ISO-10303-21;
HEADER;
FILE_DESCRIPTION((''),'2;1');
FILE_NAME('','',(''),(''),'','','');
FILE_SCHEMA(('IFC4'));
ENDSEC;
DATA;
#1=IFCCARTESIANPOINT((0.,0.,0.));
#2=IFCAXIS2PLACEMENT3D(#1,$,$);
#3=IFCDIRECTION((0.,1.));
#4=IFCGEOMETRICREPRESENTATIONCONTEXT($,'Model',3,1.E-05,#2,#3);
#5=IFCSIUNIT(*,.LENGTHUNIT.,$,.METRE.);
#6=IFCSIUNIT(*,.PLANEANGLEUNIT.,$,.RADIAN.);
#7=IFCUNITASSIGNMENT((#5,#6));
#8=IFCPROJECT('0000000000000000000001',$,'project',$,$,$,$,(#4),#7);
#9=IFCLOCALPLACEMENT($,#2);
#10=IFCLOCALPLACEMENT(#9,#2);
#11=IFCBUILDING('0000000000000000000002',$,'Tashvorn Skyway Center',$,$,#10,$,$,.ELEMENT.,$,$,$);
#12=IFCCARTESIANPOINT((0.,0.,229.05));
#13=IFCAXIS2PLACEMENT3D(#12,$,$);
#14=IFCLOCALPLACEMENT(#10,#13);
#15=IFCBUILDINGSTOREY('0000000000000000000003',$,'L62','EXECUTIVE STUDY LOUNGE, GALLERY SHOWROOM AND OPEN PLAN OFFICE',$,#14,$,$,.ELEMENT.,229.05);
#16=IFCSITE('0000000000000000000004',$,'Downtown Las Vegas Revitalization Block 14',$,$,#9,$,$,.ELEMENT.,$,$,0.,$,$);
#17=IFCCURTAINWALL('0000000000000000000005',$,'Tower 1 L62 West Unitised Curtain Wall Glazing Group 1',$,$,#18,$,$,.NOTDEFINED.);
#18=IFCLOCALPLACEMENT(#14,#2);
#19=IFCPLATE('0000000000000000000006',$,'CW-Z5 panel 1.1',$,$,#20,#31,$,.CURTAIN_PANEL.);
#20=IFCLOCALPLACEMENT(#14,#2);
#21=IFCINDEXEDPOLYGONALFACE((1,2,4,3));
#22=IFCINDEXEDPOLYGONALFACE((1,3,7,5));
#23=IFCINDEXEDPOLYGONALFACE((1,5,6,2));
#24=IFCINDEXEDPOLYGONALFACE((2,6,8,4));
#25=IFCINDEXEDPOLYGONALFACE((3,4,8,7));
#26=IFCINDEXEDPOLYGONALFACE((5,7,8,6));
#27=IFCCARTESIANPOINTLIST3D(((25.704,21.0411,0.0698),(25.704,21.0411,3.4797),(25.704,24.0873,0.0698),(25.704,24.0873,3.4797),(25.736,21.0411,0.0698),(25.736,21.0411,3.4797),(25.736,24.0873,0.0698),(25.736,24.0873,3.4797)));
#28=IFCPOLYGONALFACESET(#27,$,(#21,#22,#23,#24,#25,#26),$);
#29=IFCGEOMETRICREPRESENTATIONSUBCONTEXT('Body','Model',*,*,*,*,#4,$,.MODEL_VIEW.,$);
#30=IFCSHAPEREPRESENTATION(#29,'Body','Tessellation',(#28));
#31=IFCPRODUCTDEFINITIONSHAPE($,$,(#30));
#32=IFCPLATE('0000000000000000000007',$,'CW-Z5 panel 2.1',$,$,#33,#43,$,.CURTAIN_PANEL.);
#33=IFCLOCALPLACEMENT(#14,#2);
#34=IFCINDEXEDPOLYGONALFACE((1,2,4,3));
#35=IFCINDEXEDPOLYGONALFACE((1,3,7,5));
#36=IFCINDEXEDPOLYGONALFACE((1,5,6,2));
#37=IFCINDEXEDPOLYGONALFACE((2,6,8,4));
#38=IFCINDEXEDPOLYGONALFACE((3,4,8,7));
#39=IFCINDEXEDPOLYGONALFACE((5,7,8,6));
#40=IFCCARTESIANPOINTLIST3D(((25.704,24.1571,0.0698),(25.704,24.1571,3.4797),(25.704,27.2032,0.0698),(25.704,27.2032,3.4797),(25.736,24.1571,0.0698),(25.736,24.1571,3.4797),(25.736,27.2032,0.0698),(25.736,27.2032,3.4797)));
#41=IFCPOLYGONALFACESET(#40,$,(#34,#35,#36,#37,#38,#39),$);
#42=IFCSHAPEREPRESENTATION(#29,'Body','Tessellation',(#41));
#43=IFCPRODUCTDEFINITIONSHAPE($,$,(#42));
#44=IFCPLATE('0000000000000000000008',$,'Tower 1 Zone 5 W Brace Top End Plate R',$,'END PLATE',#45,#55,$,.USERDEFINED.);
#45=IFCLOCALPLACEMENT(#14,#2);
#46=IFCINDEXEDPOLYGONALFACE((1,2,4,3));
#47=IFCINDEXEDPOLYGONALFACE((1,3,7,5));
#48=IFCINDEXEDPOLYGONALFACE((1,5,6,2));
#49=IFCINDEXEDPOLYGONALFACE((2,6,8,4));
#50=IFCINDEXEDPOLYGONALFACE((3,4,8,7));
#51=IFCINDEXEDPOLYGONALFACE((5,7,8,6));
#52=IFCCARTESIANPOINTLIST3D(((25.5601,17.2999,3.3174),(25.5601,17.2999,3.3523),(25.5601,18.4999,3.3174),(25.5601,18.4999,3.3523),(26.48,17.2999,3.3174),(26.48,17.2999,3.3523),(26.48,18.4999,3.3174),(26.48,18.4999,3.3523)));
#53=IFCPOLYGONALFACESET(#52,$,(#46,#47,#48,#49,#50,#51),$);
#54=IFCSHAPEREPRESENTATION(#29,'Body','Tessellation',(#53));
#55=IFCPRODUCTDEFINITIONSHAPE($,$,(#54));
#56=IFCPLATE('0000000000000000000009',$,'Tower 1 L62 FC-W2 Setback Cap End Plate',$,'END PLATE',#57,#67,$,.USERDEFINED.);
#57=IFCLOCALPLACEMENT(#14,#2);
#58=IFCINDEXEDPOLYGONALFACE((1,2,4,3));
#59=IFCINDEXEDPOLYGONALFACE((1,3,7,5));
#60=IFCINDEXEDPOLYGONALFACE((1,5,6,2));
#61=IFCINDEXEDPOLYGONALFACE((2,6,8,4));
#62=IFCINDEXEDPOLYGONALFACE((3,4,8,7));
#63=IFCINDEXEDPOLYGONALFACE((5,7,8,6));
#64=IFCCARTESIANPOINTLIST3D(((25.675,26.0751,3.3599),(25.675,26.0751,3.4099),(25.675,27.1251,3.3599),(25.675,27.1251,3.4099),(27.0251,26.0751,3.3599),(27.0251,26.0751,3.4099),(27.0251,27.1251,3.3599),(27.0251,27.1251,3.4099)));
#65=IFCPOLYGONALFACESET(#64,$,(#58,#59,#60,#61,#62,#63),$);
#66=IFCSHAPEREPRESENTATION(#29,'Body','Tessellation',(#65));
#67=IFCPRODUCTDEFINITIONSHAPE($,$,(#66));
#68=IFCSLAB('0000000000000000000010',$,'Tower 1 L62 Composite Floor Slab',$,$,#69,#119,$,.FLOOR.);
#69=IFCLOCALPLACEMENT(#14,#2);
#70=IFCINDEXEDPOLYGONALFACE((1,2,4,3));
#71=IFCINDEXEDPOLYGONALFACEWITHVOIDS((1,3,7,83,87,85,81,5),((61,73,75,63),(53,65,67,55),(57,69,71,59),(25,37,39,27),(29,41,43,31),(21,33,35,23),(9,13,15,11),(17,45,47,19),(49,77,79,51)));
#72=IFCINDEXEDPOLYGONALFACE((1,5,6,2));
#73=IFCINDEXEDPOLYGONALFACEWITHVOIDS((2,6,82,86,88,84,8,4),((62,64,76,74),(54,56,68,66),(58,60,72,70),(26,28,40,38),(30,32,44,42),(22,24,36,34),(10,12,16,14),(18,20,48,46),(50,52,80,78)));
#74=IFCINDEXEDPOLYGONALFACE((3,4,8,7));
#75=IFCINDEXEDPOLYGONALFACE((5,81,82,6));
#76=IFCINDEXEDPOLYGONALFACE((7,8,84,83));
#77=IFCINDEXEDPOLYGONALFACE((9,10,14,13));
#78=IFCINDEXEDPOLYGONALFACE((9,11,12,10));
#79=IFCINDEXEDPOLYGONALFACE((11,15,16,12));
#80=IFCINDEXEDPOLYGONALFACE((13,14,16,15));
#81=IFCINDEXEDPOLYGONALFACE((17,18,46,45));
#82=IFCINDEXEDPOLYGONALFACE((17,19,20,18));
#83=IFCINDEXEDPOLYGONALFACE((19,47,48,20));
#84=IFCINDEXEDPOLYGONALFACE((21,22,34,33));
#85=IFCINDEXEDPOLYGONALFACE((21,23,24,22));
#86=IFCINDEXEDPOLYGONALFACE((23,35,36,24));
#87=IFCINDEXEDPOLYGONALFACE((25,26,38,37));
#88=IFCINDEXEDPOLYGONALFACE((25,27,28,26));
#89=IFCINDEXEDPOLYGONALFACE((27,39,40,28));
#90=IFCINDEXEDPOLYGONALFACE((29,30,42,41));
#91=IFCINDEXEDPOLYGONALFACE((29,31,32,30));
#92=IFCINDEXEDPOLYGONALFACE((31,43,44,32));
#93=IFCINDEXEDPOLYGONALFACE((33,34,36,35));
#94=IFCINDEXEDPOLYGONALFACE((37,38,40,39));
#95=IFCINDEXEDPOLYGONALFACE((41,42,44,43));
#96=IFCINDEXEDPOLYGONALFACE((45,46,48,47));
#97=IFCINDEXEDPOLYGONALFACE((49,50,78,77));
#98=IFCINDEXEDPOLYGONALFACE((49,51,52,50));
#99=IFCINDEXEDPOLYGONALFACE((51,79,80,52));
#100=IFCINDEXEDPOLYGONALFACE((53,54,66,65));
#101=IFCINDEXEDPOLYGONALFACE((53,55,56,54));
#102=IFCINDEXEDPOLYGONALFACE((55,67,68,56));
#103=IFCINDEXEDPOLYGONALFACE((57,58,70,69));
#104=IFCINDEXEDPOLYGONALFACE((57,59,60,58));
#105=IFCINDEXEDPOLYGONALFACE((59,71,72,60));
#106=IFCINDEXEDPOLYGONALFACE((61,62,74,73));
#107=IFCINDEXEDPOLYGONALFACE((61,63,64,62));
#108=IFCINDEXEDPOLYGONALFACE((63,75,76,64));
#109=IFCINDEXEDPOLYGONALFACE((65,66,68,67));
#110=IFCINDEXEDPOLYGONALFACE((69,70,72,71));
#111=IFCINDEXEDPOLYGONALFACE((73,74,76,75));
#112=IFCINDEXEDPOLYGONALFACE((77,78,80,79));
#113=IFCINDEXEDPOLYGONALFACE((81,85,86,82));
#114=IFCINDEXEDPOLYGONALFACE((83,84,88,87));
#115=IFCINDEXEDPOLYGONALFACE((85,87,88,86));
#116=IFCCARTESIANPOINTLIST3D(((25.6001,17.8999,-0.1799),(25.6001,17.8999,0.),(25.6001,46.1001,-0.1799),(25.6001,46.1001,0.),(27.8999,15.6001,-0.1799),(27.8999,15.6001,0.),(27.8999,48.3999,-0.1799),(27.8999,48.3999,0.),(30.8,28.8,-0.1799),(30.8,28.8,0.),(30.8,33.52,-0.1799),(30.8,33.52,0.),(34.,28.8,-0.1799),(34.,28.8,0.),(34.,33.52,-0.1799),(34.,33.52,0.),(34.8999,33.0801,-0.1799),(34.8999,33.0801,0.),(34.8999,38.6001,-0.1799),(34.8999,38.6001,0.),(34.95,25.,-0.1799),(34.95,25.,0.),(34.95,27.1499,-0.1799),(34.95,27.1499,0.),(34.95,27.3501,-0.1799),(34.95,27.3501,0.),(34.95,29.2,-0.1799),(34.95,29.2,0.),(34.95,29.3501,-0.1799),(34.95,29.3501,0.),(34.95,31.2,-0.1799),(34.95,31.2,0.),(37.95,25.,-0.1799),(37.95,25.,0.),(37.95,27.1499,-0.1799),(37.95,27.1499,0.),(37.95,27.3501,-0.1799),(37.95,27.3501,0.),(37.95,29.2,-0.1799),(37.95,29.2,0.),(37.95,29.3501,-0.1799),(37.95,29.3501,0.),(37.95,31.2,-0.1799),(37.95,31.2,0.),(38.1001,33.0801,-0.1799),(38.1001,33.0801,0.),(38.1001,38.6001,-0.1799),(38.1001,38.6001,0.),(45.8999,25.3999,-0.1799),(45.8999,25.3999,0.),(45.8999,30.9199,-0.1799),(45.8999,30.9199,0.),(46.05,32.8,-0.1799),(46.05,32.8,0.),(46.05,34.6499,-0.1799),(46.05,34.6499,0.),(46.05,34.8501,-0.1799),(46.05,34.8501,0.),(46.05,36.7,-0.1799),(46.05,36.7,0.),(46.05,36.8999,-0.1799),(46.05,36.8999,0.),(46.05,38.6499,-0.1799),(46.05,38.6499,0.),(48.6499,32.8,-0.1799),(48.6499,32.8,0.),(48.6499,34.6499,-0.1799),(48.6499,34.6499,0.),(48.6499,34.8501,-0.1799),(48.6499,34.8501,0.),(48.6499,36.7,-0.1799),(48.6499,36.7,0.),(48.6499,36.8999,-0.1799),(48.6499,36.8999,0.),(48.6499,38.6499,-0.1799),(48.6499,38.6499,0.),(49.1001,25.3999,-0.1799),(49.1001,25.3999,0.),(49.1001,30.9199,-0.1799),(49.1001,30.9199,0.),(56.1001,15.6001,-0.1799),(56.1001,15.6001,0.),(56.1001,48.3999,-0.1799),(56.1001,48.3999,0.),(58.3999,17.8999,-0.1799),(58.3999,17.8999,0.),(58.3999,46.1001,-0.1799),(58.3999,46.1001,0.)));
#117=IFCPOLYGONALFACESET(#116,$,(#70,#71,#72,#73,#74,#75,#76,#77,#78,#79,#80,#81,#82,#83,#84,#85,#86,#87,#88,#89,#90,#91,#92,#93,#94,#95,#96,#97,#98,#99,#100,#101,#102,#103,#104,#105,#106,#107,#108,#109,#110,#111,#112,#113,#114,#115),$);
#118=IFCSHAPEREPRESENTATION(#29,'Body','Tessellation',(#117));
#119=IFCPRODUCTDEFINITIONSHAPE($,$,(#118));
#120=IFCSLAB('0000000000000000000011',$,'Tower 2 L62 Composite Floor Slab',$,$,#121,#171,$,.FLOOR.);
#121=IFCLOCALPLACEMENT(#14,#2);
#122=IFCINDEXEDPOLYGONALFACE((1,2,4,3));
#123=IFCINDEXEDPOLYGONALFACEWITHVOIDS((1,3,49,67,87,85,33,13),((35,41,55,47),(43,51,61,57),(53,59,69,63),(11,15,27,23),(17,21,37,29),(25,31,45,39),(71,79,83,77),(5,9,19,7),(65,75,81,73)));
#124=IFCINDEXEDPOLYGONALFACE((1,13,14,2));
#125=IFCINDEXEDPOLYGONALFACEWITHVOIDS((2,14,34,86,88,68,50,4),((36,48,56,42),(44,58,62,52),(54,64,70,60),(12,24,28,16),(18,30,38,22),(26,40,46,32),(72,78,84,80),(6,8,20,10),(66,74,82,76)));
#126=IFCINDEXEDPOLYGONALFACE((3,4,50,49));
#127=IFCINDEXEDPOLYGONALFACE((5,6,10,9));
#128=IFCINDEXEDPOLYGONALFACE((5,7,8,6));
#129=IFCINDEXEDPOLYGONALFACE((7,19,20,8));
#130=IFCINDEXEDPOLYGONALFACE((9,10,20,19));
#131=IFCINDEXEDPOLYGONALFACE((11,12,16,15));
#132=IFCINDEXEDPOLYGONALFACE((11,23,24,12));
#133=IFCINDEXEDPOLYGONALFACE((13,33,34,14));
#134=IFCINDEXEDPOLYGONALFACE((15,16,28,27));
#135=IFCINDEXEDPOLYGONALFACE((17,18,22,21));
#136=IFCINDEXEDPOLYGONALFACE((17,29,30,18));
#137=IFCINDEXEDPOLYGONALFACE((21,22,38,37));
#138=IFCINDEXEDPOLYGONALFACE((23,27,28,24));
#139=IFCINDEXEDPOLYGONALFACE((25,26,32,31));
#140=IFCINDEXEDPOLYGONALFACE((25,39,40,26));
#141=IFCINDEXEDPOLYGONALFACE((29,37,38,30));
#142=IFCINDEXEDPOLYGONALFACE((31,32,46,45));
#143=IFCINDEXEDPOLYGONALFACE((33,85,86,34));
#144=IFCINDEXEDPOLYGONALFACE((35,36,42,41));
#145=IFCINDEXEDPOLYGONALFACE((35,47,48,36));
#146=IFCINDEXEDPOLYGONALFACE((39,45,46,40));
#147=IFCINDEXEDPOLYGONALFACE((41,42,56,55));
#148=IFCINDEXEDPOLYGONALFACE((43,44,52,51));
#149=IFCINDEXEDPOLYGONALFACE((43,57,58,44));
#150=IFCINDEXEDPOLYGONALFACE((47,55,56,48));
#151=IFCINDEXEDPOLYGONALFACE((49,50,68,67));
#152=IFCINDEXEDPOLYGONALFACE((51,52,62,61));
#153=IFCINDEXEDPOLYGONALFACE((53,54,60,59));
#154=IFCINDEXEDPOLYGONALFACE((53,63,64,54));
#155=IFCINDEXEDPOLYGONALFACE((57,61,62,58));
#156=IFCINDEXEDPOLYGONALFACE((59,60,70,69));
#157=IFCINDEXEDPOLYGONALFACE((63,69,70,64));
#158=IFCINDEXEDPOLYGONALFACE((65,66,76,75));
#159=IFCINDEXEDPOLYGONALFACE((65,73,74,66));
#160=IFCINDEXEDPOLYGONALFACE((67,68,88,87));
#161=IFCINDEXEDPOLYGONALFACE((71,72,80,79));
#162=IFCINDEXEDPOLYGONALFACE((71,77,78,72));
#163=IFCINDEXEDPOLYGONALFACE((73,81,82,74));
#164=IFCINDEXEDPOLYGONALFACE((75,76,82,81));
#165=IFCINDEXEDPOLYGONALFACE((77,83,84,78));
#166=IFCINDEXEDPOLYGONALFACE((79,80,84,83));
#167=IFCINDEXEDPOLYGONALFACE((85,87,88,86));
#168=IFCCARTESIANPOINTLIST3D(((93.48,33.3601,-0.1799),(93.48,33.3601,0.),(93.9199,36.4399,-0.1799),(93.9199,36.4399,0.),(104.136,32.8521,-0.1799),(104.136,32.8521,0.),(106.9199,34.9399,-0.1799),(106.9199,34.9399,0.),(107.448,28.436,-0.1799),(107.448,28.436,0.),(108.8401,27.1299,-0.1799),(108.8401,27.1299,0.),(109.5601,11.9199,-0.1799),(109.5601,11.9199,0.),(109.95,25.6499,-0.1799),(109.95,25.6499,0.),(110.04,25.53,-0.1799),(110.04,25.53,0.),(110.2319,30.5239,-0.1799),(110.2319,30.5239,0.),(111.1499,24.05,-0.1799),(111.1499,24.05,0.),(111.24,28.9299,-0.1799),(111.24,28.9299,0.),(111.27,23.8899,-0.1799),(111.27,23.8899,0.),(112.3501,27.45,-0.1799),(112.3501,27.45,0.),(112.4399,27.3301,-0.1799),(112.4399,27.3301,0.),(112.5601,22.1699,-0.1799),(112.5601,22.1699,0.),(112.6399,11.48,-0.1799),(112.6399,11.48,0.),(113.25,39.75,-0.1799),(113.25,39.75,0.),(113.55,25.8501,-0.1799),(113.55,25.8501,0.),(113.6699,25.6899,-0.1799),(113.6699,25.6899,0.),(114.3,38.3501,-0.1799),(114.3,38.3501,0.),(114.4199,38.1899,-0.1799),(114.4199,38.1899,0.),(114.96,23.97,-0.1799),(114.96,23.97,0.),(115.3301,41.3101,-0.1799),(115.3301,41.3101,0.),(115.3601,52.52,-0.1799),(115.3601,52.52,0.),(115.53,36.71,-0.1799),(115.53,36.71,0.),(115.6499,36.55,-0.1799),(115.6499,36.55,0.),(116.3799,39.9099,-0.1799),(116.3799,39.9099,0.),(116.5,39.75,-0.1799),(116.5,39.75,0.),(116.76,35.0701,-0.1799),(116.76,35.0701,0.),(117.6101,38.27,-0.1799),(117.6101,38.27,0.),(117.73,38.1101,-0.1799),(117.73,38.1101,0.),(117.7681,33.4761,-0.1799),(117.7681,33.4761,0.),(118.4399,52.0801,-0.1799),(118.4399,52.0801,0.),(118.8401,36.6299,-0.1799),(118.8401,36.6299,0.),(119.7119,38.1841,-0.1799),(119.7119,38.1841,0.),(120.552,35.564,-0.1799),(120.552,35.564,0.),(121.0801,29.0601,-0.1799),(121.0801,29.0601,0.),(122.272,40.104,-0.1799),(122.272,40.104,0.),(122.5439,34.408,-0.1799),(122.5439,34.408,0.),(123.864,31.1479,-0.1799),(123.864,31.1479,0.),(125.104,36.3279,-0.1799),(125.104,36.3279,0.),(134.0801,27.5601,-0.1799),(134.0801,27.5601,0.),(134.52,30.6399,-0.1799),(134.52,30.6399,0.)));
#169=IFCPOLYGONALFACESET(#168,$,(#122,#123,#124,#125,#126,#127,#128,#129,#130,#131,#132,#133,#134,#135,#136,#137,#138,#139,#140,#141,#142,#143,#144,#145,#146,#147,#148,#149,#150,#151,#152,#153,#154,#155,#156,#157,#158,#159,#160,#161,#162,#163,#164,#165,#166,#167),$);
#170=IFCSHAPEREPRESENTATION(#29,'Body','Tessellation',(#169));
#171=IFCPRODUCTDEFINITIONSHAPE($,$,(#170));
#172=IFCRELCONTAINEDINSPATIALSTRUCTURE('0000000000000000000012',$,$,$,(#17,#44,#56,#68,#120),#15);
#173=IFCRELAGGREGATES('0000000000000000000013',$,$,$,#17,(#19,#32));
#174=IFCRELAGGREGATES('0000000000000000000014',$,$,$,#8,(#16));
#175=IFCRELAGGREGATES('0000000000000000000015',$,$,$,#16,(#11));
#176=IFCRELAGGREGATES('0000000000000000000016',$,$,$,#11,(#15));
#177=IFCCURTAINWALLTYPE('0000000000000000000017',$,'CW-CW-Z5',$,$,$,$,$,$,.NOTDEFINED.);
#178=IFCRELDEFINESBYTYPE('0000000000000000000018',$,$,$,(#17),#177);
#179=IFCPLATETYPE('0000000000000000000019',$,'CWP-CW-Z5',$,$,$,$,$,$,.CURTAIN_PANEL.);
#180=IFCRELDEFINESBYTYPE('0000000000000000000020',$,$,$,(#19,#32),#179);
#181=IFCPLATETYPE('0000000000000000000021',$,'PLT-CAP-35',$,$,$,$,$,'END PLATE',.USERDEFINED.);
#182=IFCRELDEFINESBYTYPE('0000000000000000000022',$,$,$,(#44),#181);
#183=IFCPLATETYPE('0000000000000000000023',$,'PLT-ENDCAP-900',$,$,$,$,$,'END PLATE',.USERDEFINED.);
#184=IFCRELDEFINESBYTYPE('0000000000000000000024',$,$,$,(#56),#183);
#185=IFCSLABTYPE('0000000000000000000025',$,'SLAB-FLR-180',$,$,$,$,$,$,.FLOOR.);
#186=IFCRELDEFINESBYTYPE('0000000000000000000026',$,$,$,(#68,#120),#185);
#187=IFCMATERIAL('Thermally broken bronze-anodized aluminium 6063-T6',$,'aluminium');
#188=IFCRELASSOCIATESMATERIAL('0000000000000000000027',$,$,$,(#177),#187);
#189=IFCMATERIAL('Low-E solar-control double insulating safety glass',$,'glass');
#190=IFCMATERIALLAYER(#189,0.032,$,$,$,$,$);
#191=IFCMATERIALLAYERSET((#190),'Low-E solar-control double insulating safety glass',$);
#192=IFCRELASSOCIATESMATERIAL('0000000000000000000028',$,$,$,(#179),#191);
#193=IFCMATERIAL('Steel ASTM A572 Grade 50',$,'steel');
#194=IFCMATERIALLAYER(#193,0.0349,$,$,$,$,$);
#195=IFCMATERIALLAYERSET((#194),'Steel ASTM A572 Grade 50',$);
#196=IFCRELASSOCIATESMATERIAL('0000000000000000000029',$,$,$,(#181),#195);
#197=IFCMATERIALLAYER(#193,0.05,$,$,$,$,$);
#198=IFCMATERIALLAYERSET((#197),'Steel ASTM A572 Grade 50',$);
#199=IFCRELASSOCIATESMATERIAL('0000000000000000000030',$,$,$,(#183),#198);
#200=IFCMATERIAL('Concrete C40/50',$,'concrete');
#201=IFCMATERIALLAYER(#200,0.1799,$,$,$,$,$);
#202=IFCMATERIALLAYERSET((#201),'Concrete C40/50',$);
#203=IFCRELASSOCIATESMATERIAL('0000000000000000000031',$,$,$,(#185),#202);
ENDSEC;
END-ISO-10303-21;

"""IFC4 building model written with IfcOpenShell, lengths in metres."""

from ifc_helpers import new_model, si_unit, direction, frame, origin, origin_2d, place, context, subcontext, project, spatial, polyline, rectangle, outline, extrude, material, layer, layer_set, type_object, element, aggregate, save


model = new_model("IFC4")

# Units and contexts
model_context = context("Model", 3, precision=1e-05, world=origin(), true_north=direction((0.0, 1.0)))
body_context = subcontext(model_context, "Body", "Model", "MODEL_VIEW")
ifc_project = project(units=[si_unit("LENGTHUNIT", "METRE"), si_unit("PLANEANGLEUNIT", "RADIAN")], contexts=[model_context])

# Site, building, storey
site_placement = place(None, origin())
site = spatial("IfcSite", under=ifc_project, at=site_placement, Name="Downtown Las Vegas Revitalization Block 14", CompositionType="ELEMENT", RefElevation=0.0)
building_placement = place(site_placement, origin())
building = spatial("IfcBuilding", under=site, at=building_placement, Name="Tashvorn Skyway Center", CompositionType="ELEMENT")
storey_placement = place(building_placement, frame((0.0, 0.0, 229.05)))
storey = spatial("IfcBuildingStorey", under=building, at=storey_placement, Name="L62", Description="EXECUTIVE STUDY LOUNGE, GALLERY SHOWROOM AND OPEN PLAN OFFICE", CompositionType="ELEMENT", Elevation=229.05)

# Shared definitions
ifc_material_1 = material(Name="Steel ASTM A572 Grade 50", Category="steel")

# Curtain wall
ifc_material_2 = material(Name="Thermally broken bronze-anodized aluminium 6063-T6", Category="aluminium")
curtain_wall_type = type_object("IfcCurtainWallType", Name="CW-CW-Z5", PredefinedType="NOTDEFINED", material=ifc_material_2)
curtain_wall_1_placement = place(storey_placement, origin())
curtain_wall_1 = element("IfcCurtainWall", 1, at=curtain_wall_1_placement, inside=storey, type_object=curtain_wall_type, Name="Tower 1 L62 West Unitised Curtain Wall Glazing Group 1", PredefinedType="NOTDEFINED")

# Plates
ifc_material_3 = material(Name="Low-E solar-control double insulating safety glass", Category="glass")
ifc_layer_1 = layer(ifc_material_3, 0.032)
ifc_layer_set_1 = layer_set([ifc_layer_1], Name="Low-E solar-control double insulating safety glass")
plate_type_1 = type_object("IfcPlateType", Name="CWP-CW-Z5", PredefinedType="CURTAIN_PANEL", material=ifc_layer_set_1)
plate_1_placement = place(storey_placement, frame((25.72, 22.5642, 0.0698), z_axis=(0.0, 0.0, 1.0), x_axis=(0.0, 1.0, 0.0)))
plate_1 = element("IfcPlate", 2, at=plate_1_placement, type_object=plate_type_1, Name="CW-Z5 panel 1.1", PredefinedType="CURTAIN_PANEL", context=body_context, shape_type="SweptSolid", body=[
    extrude(rectangle(XDim=3.0461, YDim=0.032, at=origin_2d()), origin(), (0.0, 0.0, 1.0), 3.4099),
])
plate_2_placement = place(storey_placement, frame((25.72, 25.6802, 0.0698), z_axis=(0.0, 0.0, 1.0), x_axis=(0.0, 1.0, 0.0)))
plate_2 = element("IfcPlate", 3, at=plate_2_placement, type_object=plate_type_1, Name="CW-Z5 panel 2.1", PredefinedType="CURTAIN_PANEL", context=body_context, shape_type="SweptSolid", body=[
    extrude(rectangle(XDim=3.0461, YDim=0.032, at=origin_2d()), origin(), (0.0, 0.0, 1.0), 3.4099),
])
aggregate(curtain_wall_1, [plate_1, plate_2])

# Plates
ifc_layer_2 = layer(ifc_material_1, 0.0349)
ifc_layer_set_2 = layer_set([ifc_layer_2], Name="Steel ASTM A572 Grade 50")
plate_type_2 = type_object("IfcPlateType", Name="PLT-CAP-35", ElementType="END PLATE", PredefinedType="USERDEFINED", material=ifc_layer_set_2)
plate_3_placement = place(storey_placement, frame((26.02, 17.8999, 3.3174), z_axis=(0.0, 0.0, 1.0), x_axis=(0.0, -1.0, 0.0)))
element("IfcPlate", 4, at=plate_3_placement, inside=storey, type_object=plate_type_2, Name="Tower 1 Zone 5 W Brace Top End Plate R", ObjectType="END PLATE", PredefinedType="USERDEFINED", context=body_context, shape_type="SweptSolid", body=[
    extrude(rectangle(XDim=1.2, YDim=0.9199, at=origin_2d()), origin(), (0.0, 0.0, 1.0), 0.0349),
])
ifc_layer_3 = layer(ifc_material_1, 0.05)
ifc_layer_set_3 = layer_set([ifc_layer_3], Name="Steel ASTM A572 Grade 50")
plate_type_3 = type_object("IfcPlateType", Name="PLT-ENDCAP-900", ElementType="END PLATE", PredefinedType="USERDEFINED", material=ifc_layer_set_3)
plate_4_placement = place(storey_placement, frame((26.3501, 26.6001, 3.3599), z_axis=(0.0, 0.0, 1.0), x_axis=(1.0, 0.0, 0.0)))
element("IfcPlate", 5, at=plate_4_placement, inside=storey, type_object=plate_type_3, Name="Tower 1 L62 FC-W2 Setback Cap End Plate", ObjectType="END PLATE", PredefinedType="USERDEFINED", context=body_context, shape_type="SweptSolid", body=[
    extrude(rectangle(XDim=1.3501, YDim=1.05, at=origin_2d()), origin(), (0.0, 0.0, 1.0), 0.05),
])

# Slabs
ifc_material_4 = material(Name="Concrete C40/50", Category="concrete")
ifc_layer_4 = layer(ifc_material_4, 0.1799)
ifc_layer_set_4 = layer_set([ifc_layer_4], Name="Concrete C40/50")
slab_type_1 = type_object("IfcSlabType", Name="SLAB-FLR-180", PredefinedType="FLOOR", material=ifc_layer_set_4)
slab_1_placement = place(storey_placement, frame((0.0, 0.0, -0.1799)))
element("IfcSlab", 6, at=slab_1_placement, inside=storey, type_object=slab_type_1, Name="Tower 1 L62 Composite Floor Slab", PredefinedType="FLOOR", context=body_context, shape_type="SweptSolid", body=[
    extrude(outline(polyline([(27.8999, 15.6001), (56.1001, 15.6001), (58.3999, 17.8999), (58.3999, 46.1001), (56.1001, 48.3999), (27.8999, 48.3999), (25.6001, 46.1001), (25.6001, 17.8999), (27.8999, 15.6001)]), holes=[polyline([(38.1001, 33.0801), (38.1001, 38.6001), (34.8999, 38.6001), (34.8999, 33.0801), (38.1001, 33.0801)]), polyline([(45.8999, 30.9199), (45.8999, 25.3999), (49.1001, 25.3999), (49.1001, 30.9199), (45.8999, 30.9199)]), polyline([(30.8, 33.52), (30.8, 28.8), (34.0, 28.8), (34.0, 33.52), (30.8, 33.52)]), polyline([(34.95, 29.3501), (37.95, 29.3501), (37.95, 31.2), (34.95, 31.2), (34.95, 29.3501)]), polyline([(34.95, 27.3501), (37.95, 27.3501), (37.95, 29.2), (34.95, 29.2), (34.95, 27.3501)]), polyline([(34.95, 25.0), (37.95, 25.0), (37.95, 27.1499), (34.95, 27.1499), (34.95, 25.0)]), polyline([(46.05, 32.8), (48.6499, 32.8), (48.6499, 34.6499), (46.05, 34.6499), (46.05, 32.8)]), polyline([(46.05, 34.8501), (48.6499, 34.8501), (48.6499, 36.7), (46.05, 36.7), (46.05, 34.8501)]), polyline([(46.05, 36.8999), (48.6499, 36.8999), (48.6499, 38.6499), (46.05, 38.6499), (46.05, 36.8999)])]), origin(), (0.0, 0.0, 1.0), 0.1799),
])
slab_2_placement = place(storey_placement, frame((0.0, 0.0, -0.1799)))
element("IfcSlab", 7, at=slab_2_placement, inside=storey, type_object=slab_type_1, Name="Tower 2 L62 Composite Floor Slab", PredefinedType="FLOOR", context=body_context, shape_type="SweptSolid", body=[
    extrude(outline(polyline([(112.6399, 11.48), (134.0801, 27.5601), (134.52, 30.6399), (118.4399, 52.0801), (115.3601, 52.52), (93.9199, 36.4399), (93.48, 33.3601), (109.5601, 11.9199), (112.6399, 11.48)]), holes=[polyline([(110.2319, 30.5239), (106.9199, 34.9399), (104.136, 32.8521), (107.448, 28.436), (110.2319, 30.5239)]), polyline([(117.7681, 33.4761), (121.0801, 29.0601), (123.864, 31.1479), (120.552, 35.564), (117.7681, 33.4761)]), polyline([(119.7119, 38.1841), (122.5439, 34.408), (125.104, 36.3279), (122.272, 40.104), (119.7119, 38.1841)]), polyline([(109.95, 25.6499), (112.3501, 27.45), (111.24, 28.9299), (108.8401, 27.1299), (109.95, 25.6499)]), polyline([(111.1499, 24.05), (113.55, 25.8501), (112.4399, 27.3301), (110.04, 25.53), (111.1499, 24.05)]), polyline([(112.5601, 22.1699), (114.96, 23.97), (113.6699, 25.6899), (111.27, 23.8899), (112.5601, 22.1699)]), polyline([(116.76, 35.0701), (118.8401, 36.6299), (117.73, 38.1101), (115.6499, 36.55), (116.76, 35.0701)]), polyline([(115.53, 36.71), (117.6101, 38.27), (116.5, 39.75), (114.4199, 38.1899), (115.53, 36.71)]), polyline([(114.3, 38.3501), (116.3799, 39.9099), (115.3301, 41.3101), (113.25, 39.75), (114.3, 38.3501)])]), origin(), (0.0, 0.0, 1.0), 0.1799),
])

save(model, "model.ifc")
